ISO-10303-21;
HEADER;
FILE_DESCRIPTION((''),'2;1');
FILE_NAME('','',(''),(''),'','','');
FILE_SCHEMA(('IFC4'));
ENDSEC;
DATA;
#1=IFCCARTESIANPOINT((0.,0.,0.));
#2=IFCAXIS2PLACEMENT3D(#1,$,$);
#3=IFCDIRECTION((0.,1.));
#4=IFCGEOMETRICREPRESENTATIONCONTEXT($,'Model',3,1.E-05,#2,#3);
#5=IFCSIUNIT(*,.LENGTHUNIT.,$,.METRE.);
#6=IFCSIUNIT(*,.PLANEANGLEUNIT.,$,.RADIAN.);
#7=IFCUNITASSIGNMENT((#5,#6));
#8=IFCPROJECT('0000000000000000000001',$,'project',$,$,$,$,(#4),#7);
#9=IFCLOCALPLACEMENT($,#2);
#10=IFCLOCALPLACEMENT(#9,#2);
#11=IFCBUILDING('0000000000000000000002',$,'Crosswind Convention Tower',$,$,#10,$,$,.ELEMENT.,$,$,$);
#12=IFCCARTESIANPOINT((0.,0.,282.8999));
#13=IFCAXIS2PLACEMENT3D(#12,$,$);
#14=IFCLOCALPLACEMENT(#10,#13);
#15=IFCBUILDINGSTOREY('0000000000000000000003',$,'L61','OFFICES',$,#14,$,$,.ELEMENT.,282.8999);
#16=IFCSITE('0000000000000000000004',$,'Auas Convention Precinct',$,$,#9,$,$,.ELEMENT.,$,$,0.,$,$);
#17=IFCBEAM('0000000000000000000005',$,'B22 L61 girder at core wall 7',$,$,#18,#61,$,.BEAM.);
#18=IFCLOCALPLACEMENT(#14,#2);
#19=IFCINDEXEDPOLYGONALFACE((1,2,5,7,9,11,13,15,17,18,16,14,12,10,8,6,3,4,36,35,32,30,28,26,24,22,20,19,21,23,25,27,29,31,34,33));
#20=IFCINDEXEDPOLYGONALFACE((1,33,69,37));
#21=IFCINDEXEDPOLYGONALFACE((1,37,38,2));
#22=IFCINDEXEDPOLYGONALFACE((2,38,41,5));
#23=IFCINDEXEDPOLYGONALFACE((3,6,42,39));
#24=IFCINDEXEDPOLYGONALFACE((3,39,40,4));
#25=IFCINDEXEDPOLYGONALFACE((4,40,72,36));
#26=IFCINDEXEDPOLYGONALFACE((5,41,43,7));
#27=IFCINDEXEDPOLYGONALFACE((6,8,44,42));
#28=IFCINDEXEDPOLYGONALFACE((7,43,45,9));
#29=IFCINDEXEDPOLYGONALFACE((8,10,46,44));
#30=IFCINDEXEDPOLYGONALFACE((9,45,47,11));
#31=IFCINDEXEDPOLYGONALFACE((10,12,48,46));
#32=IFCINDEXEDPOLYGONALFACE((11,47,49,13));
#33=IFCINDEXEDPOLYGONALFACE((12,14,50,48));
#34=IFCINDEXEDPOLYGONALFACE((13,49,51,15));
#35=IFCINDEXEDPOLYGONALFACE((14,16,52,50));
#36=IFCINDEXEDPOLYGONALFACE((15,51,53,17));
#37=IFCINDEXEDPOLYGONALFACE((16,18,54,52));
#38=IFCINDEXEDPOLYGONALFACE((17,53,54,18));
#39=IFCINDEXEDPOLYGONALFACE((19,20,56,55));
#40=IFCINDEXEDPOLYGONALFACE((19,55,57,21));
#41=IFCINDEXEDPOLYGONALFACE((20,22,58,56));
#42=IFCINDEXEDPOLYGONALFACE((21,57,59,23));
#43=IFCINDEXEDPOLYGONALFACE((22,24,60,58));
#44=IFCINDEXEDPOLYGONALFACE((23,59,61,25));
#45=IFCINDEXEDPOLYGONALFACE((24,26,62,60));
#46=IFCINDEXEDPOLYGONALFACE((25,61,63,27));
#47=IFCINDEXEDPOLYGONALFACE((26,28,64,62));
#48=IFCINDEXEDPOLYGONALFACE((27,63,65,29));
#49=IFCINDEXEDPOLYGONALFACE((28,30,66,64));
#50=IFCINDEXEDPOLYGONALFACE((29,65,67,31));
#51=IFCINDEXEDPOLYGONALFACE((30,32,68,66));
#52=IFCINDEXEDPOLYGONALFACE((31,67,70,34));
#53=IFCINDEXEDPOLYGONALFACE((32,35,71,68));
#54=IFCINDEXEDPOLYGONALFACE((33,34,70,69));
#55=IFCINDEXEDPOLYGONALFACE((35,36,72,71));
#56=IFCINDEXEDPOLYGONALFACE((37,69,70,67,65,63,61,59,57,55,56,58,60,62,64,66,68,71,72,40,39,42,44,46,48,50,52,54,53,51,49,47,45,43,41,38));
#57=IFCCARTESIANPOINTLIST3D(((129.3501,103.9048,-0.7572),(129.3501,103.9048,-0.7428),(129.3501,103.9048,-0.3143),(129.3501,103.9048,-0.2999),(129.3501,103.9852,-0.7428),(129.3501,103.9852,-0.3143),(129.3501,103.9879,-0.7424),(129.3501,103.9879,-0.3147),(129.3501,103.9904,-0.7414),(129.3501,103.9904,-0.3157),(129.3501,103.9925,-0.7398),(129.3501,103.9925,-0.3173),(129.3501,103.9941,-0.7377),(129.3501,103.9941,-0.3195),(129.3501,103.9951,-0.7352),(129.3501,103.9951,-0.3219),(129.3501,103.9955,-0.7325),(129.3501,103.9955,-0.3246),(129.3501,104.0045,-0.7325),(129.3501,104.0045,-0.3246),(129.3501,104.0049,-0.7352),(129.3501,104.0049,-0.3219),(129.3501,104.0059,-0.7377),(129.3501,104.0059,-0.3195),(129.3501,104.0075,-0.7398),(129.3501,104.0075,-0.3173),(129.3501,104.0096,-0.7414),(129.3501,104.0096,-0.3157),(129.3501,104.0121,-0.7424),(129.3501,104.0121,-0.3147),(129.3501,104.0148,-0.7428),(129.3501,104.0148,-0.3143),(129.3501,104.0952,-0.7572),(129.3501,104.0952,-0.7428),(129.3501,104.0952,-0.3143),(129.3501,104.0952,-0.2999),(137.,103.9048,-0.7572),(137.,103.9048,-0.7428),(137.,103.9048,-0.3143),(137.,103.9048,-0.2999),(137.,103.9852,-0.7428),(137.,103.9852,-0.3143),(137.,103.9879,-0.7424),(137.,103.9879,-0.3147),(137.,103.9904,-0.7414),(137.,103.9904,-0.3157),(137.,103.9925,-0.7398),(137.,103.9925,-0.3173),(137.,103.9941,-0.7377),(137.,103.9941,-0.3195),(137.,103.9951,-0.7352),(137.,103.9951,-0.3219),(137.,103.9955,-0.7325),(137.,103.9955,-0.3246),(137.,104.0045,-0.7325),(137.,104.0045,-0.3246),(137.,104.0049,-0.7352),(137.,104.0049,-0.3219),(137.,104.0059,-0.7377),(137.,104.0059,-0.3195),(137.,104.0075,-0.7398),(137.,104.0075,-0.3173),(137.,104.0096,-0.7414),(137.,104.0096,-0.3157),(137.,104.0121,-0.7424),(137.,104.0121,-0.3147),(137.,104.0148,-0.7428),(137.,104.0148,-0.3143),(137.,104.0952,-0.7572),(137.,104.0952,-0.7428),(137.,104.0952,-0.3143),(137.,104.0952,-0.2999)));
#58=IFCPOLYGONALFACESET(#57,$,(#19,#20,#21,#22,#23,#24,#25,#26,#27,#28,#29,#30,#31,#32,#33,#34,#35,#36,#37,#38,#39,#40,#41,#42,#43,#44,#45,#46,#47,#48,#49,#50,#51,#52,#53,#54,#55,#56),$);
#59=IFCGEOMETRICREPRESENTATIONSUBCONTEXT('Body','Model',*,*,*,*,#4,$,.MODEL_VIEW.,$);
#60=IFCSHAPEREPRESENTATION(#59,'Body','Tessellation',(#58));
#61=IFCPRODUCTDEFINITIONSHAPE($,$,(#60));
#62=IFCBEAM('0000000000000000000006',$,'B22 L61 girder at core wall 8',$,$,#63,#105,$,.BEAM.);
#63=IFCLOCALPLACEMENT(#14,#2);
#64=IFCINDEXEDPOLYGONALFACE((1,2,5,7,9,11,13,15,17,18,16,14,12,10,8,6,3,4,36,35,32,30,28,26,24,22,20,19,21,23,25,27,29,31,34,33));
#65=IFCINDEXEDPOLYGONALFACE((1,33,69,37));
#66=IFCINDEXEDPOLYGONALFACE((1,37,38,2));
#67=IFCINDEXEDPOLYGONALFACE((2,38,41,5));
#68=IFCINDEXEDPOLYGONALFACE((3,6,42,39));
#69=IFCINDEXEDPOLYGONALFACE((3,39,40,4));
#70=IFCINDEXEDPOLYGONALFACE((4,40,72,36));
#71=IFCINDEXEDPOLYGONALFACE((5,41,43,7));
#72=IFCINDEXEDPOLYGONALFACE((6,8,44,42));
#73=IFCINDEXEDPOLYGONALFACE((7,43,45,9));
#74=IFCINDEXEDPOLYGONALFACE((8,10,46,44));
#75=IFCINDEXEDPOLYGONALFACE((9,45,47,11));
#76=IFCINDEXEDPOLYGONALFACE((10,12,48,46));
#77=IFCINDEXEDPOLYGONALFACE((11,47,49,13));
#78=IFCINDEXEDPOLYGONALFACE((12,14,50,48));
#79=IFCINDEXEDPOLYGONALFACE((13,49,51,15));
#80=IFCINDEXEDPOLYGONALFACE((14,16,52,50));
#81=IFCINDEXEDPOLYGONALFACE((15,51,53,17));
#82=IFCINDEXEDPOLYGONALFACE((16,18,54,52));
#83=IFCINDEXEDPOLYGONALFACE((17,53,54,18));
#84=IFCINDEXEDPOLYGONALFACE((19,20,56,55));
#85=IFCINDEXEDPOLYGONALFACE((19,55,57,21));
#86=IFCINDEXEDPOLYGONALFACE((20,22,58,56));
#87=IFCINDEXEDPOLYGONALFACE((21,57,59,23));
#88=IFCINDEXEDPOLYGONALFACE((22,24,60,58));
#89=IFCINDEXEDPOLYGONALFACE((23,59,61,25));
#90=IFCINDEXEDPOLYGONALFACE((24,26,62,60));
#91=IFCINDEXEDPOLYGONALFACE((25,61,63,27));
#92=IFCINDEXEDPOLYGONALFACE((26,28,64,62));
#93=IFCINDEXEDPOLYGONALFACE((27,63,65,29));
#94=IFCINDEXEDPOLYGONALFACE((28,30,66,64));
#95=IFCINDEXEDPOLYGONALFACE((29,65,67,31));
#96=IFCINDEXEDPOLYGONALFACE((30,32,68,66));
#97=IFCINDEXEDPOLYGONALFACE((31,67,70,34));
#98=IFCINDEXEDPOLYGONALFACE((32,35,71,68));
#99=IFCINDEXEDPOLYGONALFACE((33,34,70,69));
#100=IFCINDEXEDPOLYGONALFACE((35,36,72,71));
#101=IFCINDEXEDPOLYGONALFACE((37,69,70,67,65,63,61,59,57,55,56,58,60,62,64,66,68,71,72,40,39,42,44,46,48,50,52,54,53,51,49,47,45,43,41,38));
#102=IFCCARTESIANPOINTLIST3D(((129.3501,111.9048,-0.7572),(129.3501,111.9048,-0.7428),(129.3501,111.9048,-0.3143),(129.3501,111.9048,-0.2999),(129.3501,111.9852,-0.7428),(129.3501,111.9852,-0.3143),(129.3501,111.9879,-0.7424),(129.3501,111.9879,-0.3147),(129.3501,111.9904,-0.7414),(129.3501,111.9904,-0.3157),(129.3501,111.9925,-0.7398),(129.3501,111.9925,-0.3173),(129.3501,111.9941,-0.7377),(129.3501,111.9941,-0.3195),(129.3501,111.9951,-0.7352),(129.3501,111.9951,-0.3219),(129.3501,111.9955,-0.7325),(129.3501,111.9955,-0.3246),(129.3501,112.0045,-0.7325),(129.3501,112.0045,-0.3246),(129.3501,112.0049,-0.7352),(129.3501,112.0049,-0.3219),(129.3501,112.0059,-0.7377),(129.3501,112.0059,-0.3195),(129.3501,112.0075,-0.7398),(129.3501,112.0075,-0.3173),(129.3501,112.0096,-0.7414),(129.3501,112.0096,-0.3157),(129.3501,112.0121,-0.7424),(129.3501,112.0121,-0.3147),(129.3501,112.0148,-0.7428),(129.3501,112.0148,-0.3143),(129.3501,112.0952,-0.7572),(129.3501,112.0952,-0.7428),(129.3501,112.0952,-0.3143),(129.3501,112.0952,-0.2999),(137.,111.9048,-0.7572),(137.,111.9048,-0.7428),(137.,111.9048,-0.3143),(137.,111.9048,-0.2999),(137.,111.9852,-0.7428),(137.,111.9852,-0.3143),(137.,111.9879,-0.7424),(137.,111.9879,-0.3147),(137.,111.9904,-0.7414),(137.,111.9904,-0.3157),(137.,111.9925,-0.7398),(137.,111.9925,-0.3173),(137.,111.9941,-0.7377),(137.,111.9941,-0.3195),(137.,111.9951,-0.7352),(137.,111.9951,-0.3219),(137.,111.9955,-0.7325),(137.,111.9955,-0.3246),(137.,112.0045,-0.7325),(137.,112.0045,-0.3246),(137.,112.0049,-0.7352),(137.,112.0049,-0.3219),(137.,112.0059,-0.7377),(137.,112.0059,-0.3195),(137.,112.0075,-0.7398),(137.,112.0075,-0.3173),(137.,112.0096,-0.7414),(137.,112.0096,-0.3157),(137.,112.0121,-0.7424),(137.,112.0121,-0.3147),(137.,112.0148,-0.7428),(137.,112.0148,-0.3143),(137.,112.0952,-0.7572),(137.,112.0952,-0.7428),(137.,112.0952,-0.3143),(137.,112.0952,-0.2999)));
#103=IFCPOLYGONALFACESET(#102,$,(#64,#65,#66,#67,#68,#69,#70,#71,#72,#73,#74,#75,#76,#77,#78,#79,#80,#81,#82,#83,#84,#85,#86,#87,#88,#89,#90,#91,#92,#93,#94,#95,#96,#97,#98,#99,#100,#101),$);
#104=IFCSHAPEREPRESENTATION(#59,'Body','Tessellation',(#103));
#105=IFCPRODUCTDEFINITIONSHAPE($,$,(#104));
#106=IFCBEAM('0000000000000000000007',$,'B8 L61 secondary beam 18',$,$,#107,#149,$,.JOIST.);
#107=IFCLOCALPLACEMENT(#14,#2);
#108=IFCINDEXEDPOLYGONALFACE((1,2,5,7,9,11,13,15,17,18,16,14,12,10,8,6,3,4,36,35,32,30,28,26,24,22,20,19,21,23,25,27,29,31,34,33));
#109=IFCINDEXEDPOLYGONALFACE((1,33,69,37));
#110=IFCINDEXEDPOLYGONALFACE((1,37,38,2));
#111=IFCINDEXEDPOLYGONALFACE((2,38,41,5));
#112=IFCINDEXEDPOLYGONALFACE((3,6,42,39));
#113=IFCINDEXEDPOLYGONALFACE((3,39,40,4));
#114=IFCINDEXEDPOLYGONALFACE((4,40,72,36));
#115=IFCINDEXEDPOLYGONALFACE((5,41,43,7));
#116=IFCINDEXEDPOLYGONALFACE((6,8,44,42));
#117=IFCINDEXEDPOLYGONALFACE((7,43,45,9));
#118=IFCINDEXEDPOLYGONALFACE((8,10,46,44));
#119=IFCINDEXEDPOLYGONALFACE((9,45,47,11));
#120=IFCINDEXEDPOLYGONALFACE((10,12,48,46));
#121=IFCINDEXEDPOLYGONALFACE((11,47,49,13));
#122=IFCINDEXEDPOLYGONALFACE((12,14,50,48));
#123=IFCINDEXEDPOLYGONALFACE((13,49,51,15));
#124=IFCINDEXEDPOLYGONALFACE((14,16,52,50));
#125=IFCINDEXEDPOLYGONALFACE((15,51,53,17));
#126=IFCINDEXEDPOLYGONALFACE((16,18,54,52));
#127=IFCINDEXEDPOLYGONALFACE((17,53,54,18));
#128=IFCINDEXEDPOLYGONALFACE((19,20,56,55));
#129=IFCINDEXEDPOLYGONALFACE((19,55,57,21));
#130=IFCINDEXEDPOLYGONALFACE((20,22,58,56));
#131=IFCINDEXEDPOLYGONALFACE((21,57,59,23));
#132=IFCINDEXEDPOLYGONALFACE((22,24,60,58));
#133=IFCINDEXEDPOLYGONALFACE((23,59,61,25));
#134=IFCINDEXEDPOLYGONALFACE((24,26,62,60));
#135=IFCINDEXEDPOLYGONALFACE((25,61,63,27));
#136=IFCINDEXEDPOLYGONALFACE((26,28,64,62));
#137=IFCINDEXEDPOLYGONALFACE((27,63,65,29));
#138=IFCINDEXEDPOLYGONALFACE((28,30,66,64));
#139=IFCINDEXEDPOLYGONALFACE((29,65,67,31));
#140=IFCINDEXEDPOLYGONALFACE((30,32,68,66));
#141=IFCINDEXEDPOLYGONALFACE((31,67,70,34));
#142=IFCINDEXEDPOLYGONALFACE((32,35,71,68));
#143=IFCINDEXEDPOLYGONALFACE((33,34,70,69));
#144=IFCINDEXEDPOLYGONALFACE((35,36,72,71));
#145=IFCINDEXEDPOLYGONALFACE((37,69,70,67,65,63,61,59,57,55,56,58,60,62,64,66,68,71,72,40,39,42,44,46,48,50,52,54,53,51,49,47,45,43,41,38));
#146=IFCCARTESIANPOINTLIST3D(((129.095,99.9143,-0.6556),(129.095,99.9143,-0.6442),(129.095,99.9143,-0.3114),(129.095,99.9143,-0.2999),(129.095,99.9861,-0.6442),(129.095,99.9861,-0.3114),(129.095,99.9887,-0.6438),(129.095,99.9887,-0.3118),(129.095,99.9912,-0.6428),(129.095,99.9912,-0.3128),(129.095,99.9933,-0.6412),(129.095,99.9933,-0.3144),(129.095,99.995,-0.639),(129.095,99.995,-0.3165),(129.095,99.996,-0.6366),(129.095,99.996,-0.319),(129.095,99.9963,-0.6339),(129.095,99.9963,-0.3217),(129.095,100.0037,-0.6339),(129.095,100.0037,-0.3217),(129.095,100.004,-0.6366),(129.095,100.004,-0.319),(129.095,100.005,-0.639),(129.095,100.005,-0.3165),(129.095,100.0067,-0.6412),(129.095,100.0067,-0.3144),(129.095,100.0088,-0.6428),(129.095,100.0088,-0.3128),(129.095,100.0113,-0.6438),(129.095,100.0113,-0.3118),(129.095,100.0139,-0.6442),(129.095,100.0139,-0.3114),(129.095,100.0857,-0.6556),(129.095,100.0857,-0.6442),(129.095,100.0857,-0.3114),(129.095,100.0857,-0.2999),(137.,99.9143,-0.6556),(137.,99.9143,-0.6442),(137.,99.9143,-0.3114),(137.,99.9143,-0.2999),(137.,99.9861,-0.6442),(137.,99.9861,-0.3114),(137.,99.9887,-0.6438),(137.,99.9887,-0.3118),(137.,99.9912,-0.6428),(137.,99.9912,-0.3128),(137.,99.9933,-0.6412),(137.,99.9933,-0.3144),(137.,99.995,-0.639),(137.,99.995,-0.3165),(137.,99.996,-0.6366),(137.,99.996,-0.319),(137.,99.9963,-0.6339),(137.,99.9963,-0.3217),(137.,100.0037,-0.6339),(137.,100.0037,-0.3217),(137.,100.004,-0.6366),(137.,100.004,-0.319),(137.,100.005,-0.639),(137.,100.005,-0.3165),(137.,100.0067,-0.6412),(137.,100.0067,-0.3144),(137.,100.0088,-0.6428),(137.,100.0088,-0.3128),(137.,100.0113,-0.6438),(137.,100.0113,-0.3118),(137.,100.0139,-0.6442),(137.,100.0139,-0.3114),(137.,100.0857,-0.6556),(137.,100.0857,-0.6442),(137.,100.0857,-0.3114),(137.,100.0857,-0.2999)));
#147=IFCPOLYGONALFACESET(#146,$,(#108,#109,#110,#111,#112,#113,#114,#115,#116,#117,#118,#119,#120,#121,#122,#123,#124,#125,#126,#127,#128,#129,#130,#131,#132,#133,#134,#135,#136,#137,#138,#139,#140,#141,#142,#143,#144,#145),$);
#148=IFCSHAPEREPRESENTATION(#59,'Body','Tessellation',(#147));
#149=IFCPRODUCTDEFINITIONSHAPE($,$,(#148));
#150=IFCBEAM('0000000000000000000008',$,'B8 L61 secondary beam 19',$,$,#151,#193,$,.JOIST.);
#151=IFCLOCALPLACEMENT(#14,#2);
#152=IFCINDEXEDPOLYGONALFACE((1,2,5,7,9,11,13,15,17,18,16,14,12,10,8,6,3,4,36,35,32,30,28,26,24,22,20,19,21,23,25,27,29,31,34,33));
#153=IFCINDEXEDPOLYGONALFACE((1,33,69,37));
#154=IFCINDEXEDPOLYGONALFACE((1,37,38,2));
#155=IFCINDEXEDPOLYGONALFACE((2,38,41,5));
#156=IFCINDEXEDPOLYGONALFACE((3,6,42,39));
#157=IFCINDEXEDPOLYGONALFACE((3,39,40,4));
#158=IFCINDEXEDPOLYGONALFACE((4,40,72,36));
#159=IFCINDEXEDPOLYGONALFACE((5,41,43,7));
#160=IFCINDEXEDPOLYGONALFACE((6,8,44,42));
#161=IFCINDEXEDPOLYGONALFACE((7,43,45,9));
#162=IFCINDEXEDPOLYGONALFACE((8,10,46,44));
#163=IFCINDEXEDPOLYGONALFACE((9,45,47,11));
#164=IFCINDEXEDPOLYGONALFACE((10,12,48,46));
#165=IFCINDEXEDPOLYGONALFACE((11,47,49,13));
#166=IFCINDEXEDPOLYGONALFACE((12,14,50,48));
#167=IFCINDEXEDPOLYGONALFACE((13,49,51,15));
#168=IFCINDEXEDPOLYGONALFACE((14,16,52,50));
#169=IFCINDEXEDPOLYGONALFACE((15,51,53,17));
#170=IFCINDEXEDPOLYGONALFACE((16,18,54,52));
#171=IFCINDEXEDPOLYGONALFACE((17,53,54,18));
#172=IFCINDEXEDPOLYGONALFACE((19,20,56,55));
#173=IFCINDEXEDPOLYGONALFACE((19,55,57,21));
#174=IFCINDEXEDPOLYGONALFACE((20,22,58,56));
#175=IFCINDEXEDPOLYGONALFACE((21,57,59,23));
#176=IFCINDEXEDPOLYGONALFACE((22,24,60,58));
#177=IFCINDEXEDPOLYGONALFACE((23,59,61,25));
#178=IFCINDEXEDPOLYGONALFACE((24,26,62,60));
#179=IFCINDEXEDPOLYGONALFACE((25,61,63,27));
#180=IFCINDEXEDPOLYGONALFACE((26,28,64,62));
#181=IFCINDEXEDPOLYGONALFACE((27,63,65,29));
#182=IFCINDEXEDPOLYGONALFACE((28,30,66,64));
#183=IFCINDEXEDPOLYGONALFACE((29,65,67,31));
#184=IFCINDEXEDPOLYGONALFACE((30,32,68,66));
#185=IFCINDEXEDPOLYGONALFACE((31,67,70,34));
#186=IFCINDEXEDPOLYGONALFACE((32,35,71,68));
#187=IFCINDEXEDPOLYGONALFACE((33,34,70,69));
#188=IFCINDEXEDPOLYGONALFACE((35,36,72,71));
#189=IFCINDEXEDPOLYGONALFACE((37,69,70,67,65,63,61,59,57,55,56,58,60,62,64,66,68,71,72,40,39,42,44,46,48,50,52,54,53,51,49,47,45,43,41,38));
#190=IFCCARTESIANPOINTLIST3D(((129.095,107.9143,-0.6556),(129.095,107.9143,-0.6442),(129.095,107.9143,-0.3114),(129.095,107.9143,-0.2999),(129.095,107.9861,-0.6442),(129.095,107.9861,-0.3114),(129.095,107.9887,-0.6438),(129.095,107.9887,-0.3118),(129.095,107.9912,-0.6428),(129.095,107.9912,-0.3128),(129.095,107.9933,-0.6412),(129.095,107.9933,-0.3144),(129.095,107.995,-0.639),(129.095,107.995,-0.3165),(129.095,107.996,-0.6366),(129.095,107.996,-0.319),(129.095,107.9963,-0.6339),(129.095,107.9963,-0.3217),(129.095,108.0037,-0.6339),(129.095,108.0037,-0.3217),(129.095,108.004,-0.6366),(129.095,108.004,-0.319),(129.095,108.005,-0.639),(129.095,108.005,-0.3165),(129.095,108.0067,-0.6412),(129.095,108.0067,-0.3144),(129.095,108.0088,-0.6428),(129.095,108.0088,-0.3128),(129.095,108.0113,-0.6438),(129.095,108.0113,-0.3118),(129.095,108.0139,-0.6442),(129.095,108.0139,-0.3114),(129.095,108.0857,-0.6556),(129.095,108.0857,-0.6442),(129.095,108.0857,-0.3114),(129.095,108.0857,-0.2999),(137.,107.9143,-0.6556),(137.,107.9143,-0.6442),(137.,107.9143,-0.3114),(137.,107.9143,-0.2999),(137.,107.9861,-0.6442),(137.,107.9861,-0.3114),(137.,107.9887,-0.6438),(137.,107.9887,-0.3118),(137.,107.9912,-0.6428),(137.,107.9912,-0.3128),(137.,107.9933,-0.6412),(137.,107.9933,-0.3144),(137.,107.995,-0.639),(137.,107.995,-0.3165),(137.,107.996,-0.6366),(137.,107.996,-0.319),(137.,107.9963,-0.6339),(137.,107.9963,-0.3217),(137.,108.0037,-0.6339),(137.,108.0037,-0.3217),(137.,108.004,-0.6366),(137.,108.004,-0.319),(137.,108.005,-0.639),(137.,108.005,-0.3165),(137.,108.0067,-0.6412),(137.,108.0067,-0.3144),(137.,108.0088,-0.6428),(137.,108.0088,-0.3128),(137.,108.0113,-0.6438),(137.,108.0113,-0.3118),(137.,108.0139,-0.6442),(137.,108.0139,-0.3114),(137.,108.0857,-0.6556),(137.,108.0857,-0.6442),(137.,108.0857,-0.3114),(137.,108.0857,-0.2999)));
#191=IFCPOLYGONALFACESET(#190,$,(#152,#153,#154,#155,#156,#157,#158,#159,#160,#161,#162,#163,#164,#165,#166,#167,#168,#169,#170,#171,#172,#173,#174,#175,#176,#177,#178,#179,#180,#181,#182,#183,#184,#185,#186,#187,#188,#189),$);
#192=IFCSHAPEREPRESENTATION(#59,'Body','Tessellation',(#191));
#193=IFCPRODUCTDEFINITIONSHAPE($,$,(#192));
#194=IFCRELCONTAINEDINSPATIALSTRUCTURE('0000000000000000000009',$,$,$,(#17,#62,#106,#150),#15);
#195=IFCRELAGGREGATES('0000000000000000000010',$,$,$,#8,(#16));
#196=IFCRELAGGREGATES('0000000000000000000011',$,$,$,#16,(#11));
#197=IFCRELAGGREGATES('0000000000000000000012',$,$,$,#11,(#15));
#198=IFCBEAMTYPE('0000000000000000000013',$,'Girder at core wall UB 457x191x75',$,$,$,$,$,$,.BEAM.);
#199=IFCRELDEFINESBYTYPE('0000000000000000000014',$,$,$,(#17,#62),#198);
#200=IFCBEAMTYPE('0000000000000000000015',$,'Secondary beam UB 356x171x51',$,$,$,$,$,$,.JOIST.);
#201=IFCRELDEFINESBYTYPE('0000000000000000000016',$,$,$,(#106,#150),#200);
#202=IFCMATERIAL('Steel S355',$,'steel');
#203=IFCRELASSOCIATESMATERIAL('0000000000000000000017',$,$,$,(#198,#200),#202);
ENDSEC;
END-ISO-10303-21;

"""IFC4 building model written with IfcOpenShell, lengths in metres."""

from ifc_helpers import new_model, si_unit, direction, frame, origin, origin_2d, place, context, subcontext, project, spatial, i_section, extrude, material, material_profile, profile_set, type_object, element, save


model = new_model("IFC4")

# Units and contexts
model_context = context("Model", 3, precision=1e-05, world=origin(), true_north=direction((0.0, 1.0)))
body_context = subcontext(model_context, "Body", "Model", "MODEL_VIEW")
ifc_project = project(units=[si_unit("LENGTHUNIT", "METRE"), si_unit("PLANEANGLEUNIT", "RADIAN")], contexts=[model_context])

# Site, building, storey
site_placement = place(None, origin())
site = spatial("IfcSite", under=ifc_project, at=site_placement, Name="Auas Convention Precinct", CompositionType="ELEMENT", RefElevation=0.0)
building_placement = place(site_placement, origin())
building = spatial("IfcBuilding", under=site, at=building_placement, Name="Crosswind Convention Tower", CompositionType="ELEMENT")
storey_placement = place(building_placement, frame((0.0, 0.0, 282.8999)))
storey = spatial("IfcBuildingStorey", under=building, at=storey_placement, Name="L61", Description="OFFICES", CompositionType="ELEMENT", Elevation=282.8999)

# Beams
ifc_material_1 = material(Name="Steel S355", Category="steel")
ifc_material_profile_1 = material_profile(ifc_material_1, i_section(OverallWidth=0.1904, OverallDepth=0.4573, WebThickness=0.009, FlangeThickness=0.0144, FilletRadius=0.0103, at=origin_2d()), Name="UB 457x191x75")
ifc_profile_set_1 = profile_set([ifc_material_profile_1], Name="Steel S355")
beam_type_1 = type_object("IfcBeamType", Name="Girder at core wall UB 457x191x75", PredefinedType="BEAM", material=ifc_profile_set_1)
for number, where, z_axis, x_axis, name in (
    (1, (129.3501, 104.0, -0.5286), (1.0, 0.0, 0.0), (0.0, 1.0, 0.0), "B22 L61 girder at core wall 7"),
    (2, (129.3501, 112.0, -0.5286), (1.0, 0.0, 0.0), (0.0, 1.0, 0.0), "B22 L61 girder at core wall 8"),
):
    element("IfcBeam", number, at=place(storey_placement, frame(where, z_axis=z_axis, x_axis=x_axis)), inside=storey, type_object=beam_type_1, Name=name, PredefinedType="BEAM", context=body_context, shape_type="SweptSolid", body=[
        extrude(i_section(OverallWidth=0.1904, OverallDepth=0.4573, WebThickness=0.009, FlangeThickness=0.0144, FilletRadius=0.0103, at=origin_2d()), origin(), (0.0, 0.0, 1.0), 7.6499),
    ])
ifc_material_profile_2 = material_profile(ifc_material_1, i_section(OverallWidth=0.1714, OverallDepth=0.3557, WebThickness=0.0073, FlangeThickness=0.0115, FilletRadius=0.0103, at=origin_2d()), Name="UB 356x171x51")
ifc_profile_set_2 = profile_set([ifc_material_profile_2], Name="Steel S355")
beam_type_2 = type_object("IfcBeamType", Name="Secondary beam UB 356x171x51", PredefinedType="JOIST", material=ifc_profile_set_2)
for number, where, z_axis, x_axis, name in (
    (3, (129.095, 100.0, -0.4778), (1.0, 0.0, 0.0), (0.0, 1.0, 0.0), "B8 L61 secondary beam 18"),
    (4, (129.095, 108.0, -0.4778), (1.0, 0.0, 0.0), (0.0, 1.0, 0.0), "B8 L61 secondary beam 19"),
):
    element("IfcBeam", number, at=place(storey_placement, frame(where, z_axis=z_axis, x_axis=x_axis)), inside=storey, type_object=beam_type_2, Name=name, PredefinedType="JOIST", context=body_context, shape_type="SweptSolid", body=[
        extrude(i_section(OverallWidth=0.1714, OverallDepth=0.3557, WebThickness=0.0073, FlangeThickness=0.0115, FilletRadius=0.0103, at=origin_2d()), origin(), (0.0, 0.0, 1.0), 7.905),
    ])

save(model, "model.ifc")
